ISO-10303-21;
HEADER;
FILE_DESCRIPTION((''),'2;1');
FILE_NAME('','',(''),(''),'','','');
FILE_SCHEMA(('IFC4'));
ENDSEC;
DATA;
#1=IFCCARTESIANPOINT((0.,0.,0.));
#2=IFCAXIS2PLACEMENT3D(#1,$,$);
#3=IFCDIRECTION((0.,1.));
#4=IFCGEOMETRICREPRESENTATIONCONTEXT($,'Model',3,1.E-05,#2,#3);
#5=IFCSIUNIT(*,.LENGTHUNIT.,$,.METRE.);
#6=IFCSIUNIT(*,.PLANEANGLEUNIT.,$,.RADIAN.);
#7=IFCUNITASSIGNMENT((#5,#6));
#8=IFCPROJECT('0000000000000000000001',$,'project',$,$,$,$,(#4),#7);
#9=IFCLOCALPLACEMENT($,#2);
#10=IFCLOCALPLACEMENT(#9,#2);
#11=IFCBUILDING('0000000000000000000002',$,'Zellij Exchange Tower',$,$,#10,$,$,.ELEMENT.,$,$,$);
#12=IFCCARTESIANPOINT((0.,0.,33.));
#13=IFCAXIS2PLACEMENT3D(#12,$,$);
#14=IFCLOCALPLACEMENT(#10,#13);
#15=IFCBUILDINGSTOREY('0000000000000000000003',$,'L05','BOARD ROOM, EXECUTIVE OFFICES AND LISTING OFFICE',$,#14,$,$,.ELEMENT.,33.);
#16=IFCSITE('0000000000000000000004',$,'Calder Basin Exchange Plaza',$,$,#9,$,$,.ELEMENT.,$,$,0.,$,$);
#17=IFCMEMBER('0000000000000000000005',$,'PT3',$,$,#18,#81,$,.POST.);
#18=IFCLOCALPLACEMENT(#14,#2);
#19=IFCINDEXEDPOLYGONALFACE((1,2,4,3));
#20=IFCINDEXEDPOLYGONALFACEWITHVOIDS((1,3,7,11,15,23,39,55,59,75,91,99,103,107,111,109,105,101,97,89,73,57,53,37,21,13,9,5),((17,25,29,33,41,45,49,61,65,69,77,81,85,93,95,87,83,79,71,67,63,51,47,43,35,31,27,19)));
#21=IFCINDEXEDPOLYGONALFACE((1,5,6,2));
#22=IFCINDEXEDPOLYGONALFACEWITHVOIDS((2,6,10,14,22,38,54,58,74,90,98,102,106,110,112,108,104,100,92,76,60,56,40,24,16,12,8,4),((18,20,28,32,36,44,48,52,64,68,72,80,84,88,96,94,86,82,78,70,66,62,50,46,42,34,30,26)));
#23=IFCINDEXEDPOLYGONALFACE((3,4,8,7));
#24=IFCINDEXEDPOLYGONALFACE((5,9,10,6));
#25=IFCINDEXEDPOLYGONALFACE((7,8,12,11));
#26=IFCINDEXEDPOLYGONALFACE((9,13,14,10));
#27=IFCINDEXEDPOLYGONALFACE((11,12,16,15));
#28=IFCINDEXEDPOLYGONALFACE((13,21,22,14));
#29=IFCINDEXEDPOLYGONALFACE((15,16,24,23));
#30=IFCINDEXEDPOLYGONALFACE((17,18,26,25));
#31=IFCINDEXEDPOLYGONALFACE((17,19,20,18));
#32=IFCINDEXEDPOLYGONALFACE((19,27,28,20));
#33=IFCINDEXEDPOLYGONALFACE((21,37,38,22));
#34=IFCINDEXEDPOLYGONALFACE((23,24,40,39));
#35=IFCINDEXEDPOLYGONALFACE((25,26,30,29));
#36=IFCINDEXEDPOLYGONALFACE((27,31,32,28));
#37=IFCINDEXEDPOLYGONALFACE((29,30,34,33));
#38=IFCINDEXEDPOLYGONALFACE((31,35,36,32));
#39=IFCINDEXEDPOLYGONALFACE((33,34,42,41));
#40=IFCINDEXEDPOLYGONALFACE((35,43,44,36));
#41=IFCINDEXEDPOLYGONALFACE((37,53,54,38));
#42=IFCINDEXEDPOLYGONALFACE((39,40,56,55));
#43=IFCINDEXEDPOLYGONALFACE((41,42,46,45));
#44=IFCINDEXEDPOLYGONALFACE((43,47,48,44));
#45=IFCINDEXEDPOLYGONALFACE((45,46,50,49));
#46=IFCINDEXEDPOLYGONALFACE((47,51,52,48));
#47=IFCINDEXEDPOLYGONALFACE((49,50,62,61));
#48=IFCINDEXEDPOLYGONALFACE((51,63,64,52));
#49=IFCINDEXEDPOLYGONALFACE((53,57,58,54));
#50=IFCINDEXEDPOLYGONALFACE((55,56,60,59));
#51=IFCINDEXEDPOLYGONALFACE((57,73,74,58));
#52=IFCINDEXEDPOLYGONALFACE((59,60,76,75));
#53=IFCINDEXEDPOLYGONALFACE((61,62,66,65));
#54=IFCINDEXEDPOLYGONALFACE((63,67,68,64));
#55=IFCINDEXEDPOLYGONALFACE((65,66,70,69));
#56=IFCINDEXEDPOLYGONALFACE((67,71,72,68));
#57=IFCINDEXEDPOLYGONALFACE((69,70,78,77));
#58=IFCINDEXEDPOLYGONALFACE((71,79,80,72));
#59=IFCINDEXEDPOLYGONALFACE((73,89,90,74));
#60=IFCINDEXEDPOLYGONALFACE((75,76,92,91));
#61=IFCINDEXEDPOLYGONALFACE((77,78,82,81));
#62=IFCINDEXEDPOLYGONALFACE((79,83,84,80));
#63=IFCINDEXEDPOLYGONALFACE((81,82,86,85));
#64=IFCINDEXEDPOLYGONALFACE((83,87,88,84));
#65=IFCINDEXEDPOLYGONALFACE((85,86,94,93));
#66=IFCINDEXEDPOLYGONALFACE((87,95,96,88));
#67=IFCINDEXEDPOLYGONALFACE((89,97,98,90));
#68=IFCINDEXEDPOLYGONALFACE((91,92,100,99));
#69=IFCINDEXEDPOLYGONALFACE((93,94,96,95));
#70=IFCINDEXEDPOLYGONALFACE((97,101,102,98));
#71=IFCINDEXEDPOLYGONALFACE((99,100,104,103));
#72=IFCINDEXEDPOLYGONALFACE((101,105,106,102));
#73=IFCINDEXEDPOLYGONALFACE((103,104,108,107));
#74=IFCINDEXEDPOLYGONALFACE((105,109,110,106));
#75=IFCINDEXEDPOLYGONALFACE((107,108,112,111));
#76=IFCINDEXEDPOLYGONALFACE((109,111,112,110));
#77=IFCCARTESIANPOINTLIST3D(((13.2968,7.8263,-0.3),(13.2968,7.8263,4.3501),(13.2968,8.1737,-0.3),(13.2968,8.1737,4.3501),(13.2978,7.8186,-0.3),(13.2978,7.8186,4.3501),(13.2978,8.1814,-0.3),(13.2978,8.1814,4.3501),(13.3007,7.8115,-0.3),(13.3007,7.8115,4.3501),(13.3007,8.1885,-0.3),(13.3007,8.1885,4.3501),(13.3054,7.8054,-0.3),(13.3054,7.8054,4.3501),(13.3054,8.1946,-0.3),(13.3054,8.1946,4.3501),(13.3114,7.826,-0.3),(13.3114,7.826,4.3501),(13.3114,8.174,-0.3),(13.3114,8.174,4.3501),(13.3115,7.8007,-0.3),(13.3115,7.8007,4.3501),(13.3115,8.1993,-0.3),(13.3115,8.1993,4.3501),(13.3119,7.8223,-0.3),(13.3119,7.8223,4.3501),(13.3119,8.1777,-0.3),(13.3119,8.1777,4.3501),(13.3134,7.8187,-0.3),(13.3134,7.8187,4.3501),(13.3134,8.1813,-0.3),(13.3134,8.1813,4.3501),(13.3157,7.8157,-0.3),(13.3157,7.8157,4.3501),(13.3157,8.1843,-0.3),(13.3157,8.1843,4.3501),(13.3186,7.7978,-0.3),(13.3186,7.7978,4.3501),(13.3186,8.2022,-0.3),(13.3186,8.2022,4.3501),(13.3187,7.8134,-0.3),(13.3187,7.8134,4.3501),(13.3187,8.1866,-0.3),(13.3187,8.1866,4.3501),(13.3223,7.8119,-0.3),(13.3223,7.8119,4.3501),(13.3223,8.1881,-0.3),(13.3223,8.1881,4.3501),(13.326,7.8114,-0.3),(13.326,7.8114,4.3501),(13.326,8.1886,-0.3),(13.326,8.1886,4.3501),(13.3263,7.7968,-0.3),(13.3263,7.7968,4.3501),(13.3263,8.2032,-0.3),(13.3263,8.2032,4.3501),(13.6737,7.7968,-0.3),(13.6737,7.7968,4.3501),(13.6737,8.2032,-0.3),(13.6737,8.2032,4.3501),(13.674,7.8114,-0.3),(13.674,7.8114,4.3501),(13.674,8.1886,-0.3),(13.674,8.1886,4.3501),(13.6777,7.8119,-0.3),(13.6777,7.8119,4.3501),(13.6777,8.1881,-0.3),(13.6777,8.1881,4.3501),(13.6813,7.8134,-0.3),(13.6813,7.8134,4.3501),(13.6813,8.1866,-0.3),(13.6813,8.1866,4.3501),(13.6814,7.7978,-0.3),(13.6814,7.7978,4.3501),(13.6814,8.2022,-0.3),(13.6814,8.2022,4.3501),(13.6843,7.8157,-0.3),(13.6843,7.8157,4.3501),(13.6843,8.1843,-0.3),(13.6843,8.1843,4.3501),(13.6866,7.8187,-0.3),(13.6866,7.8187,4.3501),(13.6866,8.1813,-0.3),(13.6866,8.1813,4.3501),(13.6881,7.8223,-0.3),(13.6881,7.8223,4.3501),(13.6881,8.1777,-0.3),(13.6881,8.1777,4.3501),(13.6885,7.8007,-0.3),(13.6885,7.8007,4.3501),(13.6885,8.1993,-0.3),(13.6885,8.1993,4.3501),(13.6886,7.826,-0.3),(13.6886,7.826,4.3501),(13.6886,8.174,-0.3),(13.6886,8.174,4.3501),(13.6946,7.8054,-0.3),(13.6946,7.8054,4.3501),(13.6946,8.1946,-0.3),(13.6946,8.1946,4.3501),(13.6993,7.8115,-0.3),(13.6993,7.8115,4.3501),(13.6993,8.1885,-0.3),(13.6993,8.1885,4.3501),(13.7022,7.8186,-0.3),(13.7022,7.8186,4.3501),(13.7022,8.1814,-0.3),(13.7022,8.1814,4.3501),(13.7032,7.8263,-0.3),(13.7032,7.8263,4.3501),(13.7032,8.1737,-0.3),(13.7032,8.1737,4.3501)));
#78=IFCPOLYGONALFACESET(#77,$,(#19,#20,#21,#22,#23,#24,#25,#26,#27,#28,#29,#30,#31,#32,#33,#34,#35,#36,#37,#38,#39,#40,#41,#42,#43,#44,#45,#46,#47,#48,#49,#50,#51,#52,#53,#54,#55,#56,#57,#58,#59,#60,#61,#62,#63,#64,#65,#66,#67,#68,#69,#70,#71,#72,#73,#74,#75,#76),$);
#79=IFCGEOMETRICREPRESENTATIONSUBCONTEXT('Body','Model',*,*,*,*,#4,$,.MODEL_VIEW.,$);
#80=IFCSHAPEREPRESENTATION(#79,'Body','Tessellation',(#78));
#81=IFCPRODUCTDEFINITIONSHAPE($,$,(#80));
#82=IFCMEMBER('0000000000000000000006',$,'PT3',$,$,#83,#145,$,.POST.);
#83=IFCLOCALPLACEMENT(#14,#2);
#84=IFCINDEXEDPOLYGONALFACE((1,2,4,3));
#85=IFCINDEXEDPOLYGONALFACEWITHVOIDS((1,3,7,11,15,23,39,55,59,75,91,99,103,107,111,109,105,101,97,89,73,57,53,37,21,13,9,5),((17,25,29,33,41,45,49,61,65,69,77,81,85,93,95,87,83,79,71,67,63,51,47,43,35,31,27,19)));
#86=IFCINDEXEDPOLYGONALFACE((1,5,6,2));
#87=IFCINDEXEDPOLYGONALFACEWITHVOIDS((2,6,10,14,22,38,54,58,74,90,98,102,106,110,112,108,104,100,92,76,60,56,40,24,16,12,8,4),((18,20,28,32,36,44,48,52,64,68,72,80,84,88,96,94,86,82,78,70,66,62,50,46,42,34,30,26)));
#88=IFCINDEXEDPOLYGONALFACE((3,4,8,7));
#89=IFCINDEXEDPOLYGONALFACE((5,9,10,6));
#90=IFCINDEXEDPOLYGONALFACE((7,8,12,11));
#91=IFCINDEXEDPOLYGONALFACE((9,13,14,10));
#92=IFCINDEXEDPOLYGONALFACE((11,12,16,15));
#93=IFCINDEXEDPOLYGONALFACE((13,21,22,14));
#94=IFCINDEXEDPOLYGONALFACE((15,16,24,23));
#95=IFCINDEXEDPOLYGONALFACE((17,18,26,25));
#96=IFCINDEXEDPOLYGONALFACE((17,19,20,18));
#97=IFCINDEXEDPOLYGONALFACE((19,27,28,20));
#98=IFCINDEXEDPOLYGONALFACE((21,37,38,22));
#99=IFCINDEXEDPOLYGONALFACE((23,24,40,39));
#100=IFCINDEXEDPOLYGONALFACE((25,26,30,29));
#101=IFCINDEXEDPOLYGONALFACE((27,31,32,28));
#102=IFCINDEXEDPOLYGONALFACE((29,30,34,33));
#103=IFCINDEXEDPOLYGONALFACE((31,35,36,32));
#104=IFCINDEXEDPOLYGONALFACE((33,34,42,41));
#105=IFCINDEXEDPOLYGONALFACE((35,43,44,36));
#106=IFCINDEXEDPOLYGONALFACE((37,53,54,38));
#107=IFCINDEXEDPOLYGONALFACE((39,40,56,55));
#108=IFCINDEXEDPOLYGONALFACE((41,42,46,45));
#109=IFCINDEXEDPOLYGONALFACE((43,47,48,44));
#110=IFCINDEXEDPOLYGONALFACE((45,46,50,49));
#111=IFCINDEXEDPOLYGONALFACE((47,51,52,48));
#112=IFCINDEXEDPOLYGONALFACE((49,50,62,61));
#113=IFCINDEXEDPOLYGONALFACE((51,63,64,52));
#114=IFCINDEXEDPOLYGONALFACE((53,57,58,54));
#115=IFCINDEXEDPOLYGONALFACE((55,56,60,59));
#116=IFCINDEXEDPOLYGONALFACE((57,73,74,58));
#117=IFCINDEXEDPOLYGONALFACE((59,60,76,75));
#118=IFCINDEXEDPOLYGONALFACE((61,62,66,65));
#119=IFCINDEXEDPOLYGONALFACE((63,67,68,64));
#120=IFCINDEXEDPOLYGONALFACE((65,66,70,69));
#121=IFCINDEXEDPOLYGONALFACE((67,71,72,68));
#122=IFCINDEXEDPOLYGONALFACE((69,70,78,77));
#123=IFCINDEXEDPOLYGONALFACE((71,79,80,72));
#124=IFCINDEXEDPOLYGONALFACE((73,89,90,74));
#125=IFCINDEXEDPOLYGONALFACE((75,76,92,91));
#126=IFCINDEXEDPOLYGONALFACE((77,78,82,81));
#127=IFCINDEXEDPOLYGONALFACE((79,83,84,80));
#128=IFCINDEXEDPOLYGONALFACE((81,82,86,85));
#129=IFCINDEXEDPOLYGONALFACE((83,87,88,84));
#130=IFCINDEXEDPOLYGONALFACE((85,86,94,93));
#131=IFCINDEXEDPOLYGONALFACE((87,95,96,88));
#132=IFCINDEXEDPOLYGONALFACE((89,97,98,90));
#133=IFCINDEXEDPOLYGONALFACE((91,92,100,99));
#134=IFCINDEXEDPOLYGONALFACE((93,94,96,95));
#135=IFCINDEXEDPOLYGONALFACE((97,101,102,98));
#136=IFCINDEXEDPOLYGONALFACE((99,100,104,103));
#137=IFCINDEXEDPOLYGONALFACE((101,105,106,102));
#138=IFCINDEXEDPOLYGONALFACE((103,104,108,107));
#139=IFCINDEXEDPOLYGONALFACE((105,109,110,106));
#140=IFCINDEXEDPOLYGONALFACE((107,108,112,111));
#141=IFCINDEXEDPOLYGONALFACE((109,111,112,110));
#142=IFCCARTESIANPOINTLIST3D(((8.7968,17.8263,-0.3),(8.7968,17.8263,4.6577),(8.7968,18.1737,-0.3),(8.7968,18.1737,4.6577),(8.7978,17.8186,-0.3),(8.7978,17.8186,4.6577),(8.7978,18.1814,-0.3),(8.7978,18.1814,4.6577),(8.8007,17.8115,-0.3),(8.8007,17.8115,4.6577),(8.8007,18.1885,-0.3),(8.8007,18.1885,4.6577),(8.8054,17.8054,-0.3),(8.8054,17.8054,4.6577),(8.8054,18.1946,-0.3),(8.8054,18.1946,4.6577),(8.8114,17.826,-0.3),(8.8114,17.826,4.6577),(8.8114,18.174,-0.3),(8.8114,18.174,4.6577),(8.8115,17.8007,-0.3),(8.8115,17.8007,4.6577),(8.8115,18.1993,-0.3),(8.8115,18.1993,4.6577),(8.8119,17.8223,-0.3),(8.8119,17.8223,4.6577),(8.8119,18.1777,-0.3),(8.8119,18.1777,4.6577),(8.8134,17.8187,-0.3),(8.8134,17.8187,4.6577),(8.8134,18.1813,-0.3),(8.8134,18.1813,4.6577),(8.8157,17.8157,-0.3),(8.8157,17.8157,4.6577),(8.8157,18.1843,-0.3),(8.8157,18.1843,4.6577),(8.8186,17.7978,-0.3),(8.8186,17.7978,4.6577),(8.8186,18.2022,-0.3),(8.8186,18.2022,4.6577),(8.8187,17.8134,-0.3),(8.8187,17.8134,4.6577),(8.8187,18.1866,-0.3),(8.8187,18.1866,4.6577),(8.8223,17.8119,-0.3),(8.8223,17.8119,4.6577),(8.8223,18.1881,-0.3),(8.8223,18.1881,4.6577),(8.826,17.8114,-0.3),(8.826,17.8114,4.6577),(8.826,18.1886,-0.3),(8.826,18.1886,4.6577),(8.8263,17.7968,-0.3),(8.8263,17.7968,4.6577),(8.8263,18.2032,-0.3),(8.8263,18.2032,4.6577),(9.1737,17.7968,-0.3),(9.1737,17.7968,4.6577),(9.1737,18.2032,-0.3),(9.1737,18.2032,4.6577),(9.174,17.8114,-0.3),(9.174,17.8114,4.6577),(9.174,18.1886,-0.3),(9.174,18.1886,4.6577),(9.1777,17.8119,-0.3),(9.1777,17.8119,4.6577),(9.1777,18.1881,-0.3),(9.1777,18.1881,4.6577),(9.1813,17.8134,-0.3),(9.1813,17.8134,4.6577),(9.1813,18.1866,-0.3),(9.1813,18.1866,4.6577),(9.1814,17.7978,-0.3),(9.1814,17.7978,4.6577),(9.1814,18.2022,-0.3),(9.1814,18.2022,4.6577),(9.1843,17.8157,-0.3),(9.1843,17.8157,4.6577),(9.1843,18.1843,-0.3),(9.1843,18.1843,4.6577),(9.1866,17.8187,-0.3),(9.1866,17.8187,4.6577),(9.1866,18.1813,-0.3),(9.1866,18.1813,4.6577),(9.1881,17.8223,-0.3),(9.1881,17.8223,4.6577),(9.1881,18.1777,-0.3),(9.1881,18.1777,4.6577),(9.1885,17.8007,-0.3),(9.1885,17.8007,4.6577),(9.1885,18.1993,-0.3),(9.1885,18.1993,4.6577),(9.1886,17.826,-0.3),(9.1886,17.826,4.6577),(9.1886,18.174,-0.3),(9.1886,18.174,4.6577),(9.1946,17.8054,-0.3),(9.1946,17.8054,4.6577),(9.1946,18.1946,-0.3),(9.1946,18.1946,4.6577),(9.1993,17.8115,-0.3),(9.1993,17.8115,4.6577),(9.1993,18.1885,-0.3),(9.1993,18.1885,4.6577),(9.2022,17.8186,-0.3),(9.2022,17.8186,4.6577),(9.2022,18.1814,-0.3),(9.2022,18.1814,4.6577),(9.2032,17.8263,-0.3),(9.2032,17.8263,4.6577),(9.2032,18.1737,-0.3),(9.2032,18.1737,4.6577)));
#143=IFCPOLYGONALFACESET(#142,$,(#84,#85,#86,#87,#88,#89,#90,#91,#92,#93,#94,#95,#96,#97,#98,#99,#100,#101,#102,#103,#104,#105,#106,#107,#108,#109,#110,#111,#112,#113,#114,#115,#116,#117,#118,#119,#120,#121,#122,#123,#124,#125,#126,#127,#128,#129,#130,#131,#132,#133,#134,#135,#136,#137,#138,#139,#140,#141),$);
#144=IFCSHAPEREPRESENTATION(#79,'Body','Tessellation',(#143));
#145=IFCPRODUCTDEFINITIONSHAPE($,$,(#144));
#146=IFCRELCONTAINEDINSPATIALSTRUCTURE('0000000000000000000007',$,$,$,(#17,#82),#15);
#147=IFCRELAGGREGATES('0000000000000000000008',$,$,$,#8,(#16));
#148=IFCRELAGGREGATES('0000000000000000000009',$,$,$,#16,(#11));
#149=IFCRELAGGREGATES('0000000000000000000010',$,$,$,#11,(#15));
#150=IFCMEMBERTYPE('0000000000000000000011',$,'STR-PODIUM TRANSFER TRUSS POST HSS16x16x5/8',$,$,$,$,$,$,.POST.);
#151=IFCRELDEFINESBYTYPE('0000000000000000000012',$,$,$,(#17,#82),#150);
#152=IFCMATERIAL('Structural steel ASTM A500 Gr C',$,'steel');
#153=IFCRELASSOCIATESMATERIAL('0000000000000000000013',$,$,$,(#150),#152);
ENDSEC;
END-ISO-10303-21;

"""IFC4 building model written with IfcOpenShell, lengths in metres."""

from ifc_helpers import new_model, si_unit, direction, frame, origin, origin_2d, place, context, subcontext, project, spatial, hollow_rectangle, extrude, material, material_profile, profile_set, type_object, element, save


model = new_model("IFC4")

# Units and contexts
model_context = context("Model", 3, precision=1e-05, world=origin(), true_north=direction((0.0, 1.0)))
body_context = subcontext(model_context, "Body", "Model", "MODEL_VIEW")
ifc_project = project(units=[si_unit("LENGTHUNIT", "METRE"), si_unit("PLANEANGLEUNIT", "RADIAN")], contexts=[model_context])

# Site, building, storey
site_placement = place(None, origin())
site = spatial("IfcSite", under=ifc_project, at=site_placement, Name="Calder Basin Exchange Plaza", CompositionType="ELEMENT", RefElevation=0.0)
building_placement = place(site_placement, origin())
building = spatial("IfcBuilding", under=site, at=building_placement, Name="Zellij Exchange Tower", CompositionType="ELEMENT")
storey_placement = place(building_placement, frame((0.0, 0.0, 33.0)))
storey = spatial("IfcBuildingStorey", under=building, at=storey_placement, Name="L05", Description="BOARD ROOM, EXECUTIVE OFFICES AND LISTING OFFICE", CompositionType="ELEMENT", Elevation=33.0)

# Members
ifc_material_1 = material(Name="Structural steel ASTM A500 Gr C", Category="steel")
ifc_material_profile_1 = material_profile(ifc_material_1, hollow_rectangle(XDim=0.4065, YDim=0.4065, WallThickness=0.0146, InnerFilletRadius=0.0146, OuterFilletRadius=0.0295, at=origin_2d()), Name="STR-PODIUM TRANSFER TRUSS POST HSS16x16x5/8")
ifc_profile_set_1 = profile_set([ifc_material_profile_1], Name="Structural steel ASTM A500 Gr C")
member_type_1 = type_object("IfcMemberType", Name="STR-PODIUM TRANSFER TRUSS POST HSS16x16x5/8", PredefinedType="POST", material=ifc_profile_set_1)
for number, where, z_axis, x_axis, name in (
    (1, (13.5, 8.0, -0.3), (0.0, 0.0, 1.0), (1.0, 0.0, 0.0), "PT3"),
):
    element("IfcMember", number, at=place(storey_placement, frame(where, z_axis=z_axis, x_axis=x_axis)), inside=storey, type_object=member_type_1, Name=name, PredefinedType="POST", context=body_context, shape_type="SweptSolid", body=[
        extrude(hollow_rectangle(XDim=0.4065, YDim=0.4065, WallThickness=0.0146, InnerFilletRadius=0.0146, OuterFilletRadius=0.0295, at=origin_2d()), origin(), (0.0, 0.0, 1.0), 4.6501),
    ])
for number, where, z_axis, x_axis, name in (
    (2, (9.0, 18.0, -0.3), (0.0, 0.0, 1.0), (1.0, 0.0, 0.0), "PT3"),
):
    element("IfcMember", number, at=place(storey_placement, frame(where, z_axis=z_axis, x_axis=x_axis)), inside=storey, type_object=member_type_1, Name=name, PredefinedType="POST", context=body_context, shape_type="SweptSolid", body=[
        extrude(hollow_rectangle(XDim=0.4065, YDim=0.4065, WallThickness=0.0146, InnerFilletRadius=0.0146, OuterFilletRadius=0.0295, at=origin_2d()), origin(), (0.0, 0.0, 1.0), 4.9578),
    ])

save(model, "model.ifc")
